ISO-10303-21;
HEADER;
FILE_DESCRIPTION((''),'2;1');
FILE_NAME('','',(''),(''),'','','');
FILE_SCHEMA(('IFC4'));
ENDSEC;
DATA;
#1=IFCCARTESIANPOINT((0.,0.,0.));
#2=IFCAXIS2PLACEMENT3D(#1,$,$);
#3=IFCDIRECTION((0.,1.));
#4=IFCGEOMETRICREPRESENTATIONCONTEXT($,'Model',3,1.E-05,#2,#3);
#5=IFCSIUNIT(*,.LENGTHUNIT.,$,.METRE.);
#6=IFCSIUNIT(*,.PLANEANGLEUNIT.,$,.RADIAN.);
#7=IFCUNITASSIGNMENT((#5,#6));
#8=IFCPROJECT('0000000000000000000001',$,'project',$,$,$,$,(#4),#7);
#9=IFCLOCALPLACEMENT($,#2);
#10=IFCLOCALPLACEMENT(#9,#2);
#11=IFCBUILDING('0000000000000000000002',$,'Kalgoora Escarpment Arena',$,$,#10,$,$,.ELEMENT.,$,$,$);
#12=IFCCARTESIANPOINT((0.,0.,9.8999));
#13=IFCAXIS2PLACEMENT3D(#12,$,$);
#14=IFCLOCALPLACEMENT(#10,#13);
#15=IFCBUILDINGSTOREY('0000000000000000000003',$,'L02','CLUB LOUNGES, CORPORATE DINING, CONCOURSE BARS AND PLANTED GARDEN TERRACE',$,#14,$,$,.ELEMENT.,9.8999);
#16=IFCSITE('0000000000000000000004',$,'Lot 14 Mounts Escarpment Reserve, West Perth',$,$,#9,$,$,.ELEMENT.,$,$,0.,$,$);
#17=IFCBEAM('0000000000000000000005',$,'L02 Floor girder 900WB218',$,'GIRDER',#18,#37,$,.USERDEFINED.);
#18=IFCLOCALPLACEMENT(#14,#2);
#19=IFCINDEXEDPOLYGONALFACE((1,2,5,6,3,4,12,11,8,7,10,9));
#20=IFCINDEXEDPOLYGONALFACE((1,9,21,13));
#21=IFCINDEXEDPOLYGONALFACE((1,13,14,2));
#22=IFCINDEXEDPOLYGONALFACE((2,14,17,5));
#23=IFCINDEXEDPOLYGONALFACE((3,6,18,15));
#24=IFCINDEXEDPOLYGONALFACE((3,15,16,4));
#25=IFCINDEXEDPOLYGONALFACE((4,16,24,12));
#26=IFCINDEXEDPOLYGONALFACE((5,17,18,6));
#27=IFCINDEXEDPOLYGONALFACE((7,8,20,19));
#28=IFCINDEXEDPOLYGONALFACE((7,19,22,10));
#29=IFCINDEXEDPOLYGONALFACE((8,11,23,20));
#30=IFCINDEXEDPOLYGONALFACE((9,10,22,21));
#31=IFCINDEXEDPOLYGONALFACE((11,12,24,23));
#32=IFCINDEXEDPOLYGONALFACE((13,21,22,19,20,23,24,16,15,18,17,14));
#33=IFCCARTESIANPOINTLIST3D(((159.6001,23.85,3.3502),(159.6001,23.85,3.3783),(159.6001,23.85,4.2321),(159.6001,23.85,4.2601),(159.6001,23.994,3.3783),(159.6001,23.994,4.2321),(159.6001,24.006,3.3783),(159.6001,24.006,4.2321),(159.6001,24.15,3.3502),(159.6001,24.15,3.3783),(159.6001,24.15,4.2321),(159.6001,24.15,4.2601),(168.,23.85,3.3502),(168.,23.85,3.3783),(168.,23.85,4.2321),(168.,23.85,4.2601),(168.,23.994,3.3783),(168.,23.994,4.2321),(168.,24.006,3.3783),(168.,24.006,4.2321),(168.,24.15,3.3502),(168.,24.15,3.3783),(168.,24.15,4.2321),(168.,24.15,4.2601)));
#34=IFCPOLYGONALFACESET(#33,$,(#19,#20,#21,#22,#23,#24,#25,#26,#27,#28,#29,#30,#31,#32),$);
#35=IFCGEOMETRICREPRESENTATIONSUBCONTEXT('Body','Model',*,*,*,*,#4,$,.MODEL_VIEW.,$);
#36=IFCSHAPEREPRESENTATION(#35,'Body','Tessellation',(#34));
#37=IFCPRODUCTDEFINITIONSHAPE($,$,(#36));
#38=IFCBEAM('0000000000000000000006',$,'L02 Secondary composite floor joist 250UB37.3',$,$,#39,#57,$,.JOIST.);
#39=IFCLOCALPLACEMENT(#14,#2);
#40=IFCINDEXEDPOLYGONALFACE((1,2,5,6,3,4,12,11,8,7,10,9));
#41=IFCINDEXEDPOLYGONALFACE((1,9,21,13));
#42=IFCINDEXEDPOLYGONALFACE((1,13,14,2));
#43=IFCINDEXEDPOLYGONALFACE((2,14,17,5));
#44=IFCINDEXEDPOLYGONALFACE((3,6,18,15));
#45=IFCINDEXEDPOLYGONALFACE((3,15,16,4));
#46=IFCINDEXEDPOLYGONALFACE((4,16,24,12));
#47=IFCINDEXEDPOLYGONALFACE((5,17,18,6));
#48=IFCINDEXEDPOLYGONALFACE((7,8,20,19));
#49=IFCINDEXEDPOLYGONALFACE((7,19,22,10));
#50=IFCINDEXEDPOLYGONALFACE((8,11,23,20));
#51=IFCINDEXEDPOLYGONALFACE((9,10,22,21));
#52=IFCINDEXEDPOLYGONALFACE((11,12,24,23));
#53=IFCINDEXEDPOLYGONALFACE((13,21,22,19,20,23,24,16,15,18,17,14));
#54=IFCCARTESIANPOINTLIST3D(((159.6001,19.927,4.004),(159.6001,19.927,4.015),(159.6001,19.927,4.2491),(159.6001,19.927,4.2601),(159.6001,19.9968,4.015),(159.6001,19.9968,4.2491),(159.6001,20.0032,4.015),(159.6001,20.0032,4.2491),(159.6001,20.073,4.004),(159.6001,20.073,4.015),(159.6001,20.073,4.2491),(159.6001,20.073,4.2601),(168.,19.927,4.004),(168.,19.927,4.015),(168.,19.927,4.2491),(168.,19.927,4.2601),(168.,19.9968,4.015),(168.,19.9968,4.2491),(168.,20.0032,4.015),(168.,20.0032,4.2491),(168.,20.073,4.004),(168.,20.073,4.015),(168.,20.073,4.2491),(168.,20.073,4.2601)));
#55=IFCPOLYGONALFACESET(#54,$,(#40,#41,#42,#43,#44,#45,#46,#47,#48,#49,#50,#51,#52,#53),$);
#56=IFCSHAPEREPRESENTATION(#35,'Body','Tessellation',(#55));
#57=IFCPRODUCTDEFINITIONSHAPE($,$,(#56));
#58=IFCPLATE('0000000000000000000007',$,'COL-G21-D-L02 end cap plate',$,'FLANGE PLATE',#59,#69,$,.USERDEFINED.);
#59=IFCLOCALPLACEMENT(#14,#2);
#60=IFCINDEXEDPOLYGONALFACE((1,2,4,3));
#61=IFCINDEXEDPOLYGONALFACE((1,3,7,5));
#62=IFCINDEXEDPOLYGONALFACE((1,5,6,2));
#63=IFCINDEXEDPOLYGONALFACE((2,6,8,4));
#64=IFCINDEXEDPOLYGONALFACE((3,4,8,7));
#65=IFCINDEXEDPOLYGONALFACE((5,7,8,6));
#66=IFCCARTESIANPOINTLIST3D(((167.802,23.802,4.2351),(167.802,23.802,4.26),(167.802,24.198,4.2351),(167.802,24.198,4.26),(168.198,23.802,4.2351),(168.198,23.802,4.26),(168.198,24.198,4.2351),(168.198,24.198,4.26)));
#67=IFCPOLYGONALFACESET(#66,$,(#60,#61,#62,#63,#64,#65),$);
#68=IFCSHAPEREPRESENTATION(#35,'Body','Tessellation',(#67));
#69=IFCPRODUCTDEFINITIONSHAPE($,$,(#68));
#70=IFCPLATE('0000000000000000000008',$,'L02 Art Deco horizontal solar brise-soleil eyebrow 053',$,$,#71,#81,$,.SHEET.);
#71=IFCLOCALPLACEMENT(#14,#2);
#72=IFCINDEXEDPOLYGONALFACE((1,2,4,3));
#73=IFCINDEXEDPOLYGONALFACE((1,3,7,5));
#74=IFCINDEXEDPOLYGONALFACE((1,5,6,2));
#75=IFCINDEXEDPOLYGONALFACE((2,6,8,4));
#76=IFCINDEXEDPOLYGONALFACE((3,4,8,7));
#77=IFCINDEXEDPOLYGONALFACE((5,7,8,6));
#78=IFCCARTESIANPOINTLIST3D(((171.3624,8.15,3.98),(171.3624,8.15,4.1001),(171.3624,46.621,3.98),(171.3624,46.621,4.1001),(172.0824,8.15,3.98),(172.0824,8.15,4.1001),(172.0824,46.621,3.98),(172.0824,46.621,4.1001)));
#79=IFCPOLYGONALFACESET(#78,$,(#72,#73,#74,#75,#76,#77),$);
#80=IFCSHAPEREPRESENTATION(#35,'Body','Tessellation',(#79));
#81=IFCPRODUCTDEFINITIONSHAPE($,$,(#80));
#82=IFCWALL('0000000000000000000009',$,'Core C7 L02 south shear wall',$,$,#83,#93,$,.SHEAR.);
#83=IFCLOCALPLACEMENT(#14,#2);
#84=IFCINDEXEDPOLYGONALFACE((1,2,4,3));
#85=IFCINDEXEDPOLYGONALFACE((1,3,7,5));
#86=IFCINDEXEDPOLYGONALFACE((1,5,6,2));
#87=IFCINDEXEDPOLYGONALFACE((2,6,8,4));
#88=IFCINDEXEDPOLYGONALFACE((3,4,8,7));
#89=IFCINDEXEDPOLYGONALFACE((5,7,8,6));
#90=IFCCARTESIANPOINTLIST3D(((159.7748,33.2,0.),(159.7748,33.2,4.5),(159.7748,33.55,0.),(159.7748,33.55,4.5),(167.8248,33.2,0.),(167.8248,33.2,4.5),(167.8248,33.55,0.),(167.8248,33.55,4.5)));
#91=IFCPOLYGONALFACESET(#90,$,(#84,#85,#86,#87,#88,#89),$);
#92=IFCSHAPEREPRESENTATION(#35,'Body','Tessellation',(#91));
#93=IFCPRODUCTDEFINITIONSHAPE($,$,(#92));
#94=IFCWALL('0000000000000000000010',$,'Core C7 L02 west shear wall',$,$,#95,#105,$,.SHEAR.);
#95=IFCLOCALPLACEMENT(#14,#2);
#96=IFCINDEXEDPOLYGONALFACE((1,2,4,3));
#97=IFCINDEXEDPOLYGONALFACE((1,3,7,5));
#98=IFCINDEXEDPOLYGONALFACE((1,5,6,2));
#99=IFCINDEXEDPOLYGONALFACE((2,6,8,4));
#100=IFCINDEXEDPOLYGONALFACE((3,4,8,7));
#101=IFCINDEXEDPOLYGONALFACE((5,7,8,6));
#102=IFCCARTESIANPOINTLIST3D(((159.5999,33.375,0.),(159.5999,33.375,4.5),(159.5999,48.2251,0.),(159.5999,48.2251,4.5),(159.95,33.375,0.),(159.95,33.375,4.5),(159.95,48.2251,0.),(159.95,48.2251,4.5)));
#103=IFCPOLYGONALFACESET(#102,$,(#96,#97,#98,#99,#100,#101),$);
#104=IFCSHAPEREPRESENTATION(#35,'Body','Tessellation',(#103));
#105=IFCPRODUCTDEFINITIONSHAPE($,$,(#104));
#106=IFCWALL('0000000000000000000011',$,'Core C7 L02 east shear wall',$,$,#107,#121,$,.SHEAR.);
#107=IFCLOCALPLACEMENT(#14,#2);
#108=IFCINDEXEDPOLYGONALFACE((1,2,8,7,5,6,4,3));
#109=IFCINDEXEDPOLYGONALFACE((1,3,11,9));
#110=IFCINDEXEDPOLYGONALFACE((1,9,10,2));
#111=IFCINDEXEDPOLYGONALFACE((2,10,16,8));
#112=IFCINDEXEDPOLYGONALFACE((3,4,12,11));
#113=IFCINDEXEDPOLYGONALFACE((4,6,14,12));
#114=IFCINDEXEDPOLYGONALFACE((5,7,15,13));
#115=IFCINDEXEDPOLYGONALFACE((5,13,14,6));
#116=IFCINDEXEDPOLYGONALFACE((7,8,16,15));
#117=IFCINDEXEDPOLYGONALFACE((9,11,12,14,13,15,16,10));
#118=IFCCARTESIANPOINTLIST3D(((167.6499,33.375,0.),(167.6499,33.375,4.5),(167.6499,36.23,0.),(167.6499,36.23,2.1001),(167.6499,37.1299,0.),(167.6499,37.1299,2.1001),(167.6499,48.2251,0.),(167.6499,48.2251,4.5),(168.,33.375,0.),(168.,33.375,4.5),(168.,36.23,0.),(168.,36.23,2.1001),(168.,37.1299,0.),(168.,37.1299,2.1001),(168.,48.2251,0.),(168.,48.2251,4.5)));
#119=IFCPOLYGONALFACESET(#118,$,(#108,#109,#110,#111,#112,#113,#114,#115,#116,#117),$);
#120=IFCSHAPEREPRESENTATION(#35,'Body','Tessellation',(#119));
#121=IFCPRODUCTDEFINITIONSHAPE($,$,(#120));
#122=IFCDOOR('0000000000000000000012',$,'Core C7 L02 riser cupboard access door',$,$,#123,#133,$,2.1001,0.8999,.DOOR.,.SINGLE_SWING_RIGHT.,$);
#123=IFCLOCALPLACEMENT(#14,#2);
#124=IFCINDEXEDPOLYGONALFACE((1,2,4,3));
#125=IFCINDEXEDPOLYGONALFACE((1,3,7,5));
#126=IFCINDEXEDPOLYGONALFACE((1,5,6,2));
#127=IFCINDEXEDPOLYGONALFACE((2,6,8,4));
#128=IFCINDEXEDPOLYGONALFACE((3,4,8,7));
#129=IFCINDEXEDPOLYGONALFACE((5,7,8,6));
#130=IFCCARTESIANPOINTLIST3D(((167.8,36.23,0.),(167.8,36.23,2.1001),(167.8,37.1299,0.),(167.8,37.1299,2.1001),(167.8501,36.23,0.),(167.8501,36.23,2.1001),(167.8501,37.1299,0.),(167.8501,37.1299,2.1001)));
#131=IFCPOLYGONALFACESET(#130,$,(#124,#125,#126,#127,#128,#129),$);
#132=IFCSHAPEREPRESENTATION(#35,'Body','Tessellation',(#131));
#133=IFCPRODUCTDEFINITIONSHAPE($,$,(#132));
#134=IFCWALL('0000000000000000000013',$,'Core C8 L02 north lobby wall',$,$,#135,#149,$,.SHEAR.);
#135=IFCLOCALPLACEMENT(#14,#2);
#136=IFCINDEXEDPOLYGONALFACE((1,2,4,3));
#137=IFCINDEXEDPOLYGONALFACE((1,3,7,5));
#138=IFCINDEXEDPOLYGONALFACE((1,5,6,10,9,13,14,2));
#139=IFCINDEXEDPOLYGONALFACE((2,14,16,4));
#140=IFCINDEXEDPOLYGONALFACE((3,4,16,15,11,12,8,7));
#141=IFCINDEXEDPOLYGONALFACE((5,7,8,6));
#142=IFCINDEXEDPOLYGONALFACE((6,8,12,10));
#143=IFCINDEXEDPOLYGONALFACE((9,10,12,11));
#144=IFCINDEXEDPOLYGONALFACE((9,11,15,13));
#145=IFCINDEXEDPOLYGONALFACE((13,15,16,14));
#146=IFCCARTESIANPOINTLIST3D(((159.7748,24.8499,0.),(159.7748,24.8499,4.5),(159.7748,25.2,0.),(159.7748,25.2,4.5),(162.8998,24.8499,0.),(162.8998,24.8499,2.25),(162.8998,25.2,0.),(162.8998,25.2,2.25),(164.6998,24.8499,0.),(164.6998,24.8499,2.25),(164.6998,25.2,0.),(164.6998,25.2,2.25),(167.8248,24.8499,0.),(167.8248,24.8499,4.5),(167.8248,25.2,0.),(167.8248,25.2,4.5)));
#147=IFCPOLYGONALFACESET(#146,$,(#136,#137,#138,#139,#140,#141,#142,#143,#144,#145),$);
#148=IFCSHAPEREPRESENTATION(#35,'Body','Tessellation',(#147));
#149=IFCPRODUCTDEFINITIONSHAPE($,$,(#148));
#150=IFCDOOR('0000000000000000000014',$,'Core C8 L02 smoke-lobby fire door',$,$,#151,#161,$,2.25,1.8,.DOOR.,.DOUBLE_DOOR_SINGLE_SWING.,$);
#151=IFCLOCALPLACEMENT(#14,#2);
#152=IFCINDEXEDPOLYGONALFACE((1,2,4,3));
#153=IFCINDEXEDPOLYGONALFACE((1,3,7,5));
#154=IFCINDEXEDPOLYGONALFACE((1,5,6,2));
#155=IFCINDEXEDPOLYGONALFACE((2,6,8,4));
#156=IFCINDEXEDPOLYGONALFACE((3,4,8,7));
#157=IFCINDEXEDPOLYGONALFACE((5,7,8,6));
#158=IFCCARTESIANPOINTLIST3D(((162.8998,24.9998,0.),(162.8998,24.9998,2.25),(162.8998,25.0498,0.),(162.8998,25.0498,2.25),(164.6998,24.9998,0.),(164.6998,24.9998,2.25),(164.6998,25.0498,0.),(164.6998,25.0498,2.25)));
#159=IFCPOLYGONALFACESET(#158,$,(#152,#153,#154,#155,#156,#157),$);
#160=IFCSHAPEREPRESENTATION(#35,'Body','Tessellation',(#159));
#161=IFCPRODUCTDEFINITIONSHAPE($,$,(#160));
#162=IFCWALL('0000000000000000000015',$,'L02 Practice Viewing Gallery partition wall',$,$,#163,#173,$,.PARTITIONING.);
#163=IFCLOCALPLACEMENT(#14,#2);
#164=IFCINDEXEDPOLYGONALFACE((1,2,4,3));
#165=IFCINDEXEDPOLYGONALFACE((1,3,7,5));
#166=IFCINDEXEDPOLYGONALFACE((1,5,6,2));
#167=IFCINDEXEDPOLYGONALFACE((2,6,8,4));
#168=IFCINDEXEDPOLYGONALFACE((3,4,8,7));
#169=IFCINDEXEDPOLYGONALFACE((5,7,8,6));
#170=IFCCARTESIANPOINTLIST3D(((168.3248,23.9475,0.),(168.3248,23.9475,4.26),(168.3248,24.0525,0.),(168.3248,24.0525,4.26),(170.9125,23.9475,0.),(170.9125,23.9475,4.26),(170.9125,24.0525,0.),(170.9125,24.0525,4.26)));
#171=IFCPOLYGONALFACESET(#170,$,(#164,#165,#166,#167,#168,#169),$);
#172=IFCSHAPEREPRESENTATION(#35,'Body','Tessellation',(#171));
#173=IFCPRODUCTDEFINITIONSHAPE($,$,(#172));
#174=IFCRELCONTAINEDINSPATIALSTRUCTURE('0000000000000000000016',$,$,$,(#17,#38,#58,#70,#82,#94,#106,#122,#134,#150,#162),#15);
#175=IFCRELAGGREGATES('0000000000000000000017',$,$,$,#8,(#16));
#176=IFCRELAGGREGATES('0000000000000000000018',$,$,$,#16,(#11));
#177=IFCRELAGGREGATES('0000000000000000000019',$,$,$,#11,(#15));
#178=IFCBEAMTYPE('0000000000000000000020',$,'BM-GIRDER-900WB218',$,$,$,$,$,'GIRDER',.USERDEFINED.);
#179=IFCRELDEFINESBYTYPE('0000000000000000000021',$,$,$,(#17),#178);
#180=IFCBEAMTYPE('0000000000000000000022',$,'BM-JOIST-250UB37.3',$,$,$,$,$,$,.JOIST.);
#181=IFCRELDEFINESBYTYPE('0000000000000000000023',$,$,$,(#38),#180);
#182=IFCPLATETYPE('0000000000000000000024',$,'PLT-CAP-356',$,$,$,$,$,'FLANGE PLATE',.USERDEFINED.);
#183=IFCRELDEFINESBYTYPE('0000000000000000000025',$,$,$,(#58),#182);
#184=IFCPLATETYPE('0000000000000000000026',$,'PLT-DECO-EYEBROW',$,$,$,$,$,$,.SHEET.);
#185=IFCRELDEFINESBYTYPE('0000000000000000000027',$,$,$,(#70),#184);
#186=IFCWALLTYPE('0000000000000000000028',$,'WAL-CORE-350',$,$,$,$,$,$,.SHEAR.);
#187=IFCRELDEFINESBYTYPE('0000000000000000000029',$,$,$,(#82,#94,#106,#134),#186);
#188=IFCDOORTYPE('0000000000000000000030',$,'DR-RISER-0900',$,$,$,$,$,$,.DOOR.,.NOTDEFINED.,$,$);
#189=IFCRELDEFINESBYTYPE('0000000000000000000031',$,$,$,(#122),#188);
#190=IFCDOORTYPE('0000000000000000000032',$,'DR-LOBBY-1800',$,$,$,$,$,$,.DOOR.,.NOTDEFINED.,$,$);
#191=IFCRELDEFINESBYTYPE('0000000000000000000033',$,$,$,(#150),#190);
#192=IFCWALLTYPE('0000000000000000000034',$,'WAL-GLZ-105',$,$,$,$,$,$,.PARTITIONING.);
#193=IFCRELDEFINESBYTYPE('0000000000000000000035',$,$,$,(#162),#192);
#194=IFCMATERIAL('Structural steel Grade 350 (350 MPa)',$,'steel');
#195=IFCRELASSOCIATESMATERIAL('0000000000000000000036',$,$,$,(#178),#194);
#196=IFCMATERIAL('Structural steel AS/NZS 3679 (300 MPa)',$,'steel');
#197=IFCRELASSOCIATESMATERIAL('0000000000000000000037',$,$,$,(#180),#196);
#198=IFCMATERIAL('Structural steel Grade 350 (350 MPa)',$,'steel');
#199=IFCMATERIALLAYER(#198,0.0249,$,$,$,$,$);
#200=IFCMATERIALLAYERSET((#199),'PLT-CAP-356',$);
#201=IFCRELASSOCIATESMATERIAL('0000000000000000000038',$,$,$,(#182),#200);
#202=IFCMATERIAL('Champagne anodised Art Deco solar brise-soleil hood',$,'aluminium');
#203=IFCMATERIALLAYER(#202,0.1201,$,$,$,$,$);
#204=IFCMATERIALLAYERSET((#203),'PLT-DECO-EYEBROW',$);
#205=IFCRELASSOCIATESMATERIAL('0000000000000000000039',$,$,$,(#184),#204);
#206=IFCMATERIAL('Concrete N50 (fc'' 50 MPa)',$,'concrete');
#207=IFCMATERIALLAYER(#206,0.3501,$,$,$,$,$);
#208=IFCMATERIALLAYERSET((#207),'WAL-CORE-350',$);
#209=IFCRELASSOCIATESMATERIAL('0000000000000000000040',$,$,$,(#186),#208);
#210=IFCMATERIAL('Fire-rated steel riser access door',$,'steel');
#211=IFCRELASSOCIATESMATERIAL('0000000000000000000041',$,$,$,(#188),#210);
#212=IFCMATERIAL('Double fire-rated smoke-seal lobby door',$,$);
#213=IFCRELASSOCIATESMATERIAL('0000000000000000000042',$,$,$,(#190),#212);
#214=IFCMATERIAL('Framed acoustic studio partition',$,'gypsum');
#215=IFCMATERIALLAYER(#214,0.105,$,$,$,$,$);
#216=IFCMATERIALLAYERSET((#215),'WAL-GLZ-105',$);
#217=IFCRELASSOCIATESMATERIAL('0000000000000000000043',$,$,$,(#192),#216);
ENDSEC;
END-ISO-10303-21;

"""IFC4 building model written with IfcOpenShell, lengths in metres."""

from ifc_helpers import new_model, si_unit, direction, frame, frame_2d, origin, origin_2d, place, context, subcontext, project, spatial, rectangle, i_section, extrude, material, layer, layer_set, material_profile, profile_set, type_object, element, fill, save


model = new_model("IFC4")

# Units and contexts
model_context = context("Model", 3, precision=1e-05, world=origin(), true_north=direction((0.0, 1.0)))
body_context = subcontext(model_context, "Body", "Model", "MODEL_VIEW")
ifc_project = project(units=[si_unit("LENGTHUNIT", "METRE"), si_unit("PLANEANGLEUNIT", "RADIAN")], contexts=[model_context])

# Site, building, storey
site_placement = place(None, origin())
site = spatial("IfcSite", under=ifc_project, at=site_placement, Name="Lot 14 Mounts Escarpment Reserve, West Perth", CompositionType="ELEMENT", RefElevation=0.0)
building_placement = place(site_placement, origin())
building = spatial("IfcBuilding", under=site, at=building_placement, Name="Kalgoora Escarpment Arena", CompositionType="ELEMENT")
storey_placement = place(building_placement, frame((0.0, 0.0, 9.8999)))
storey = spatial("IfcBuildingStorey", under=building, at=storey_placement, Name="L02", Description="CLUB LOUNGES, CORPORATE DINING, CONCOURSE BARS AND PLANTED GARDEN TERRACE", CompositionType="ELEMENT", Elevation=9.8999)

# Beams
ifc_material_1 = material(Name="Structural steel Grade 350 (350 MPa)", Category="steel")
ifc_material_profile_1 = material_profile(ifc_material_1, i_section(OverallWidth=0.3, OverallDepth=0.9099, WebThickness=0.012, FlangeThickness=0.0281, at=origin_2d()))
ifc_profile_set_1 = profile_set([ifc_material_profile_1], Name="Structural steel Grade 350 (350 MPa)")
beam_type_1 = type_object("IfcBeamType", Name="BM-GIRDER-900WB218", ElementType="GIRDER", PredefinedType="USERDEFINED", material=ifc_profile_set_1)
beam_1_placement = place(storey_placement, frame((159.6001, 24.0, 3.8052), z_axis=(1.0, 0.0, 0.0), x_axis=(0.0, 1.0, 0.0)))
element("IfcBeam", 1, at=beam_1_placement, inside=storey, type_object=beam_type_1, Name="L02 Floor girder 900WB218", ObjectType="GIRDER", PredefinedType="USERDEFINED", context=body_context, shape_type="SweptSolid", body=[
    extrude(i_section(OverallWidth=0.3, OverallDepth=0.9099, WebThickness=0.012, FlangeThickness=0.0281, at=origin_2d()), origin(), (0.0, 0.0, 1.0), 8.3999),
])
ifc_material_2 = material(Name="Structural steel AS/NZS 3679 (300 MPa)", Category="steel")
ifc_material_profile_2 = material_profile(ifc_material_2, i_section(OverallWidth=0.146, OverallDepth=0.2561, WebThickness=0.0063, FlangeThickness=0.011, at=origin_2d()))
ifc_profile_set_2 = profile_set([ifc_material_profile_2], Name="Structural steel AS/NZS 3679 (300 MPa)")
beam_type_2 = type_object("IfcBeamType", Name="BM-JOIST-250UB37.3", PredefinedType="JOIST", material=ifc_profile_set_2)
beam_2_placement = place(storey_placement, frame((159.6001, 20.0, 4.1321), z_axis=(1.0, 0.0, 0.0), x_axis=(0.0, 1.0, 0.0)))
element("IfcBeam", 2, at=beam_2_placement, inside=storey, type_object=beam_type_2, Name="L02 Secondary composite floor joist 250UB37.3", PredefinedType="JOIST", context=body_context, shape_type="SweptSolid", body=[
    extrude(i_section(OverallWidth=0.146, OverallDepth=0.2561, WebThickness=0.0063, FlangeThickness=0.011, at=origin_2d()), origin(), (0.0, 0.0, 1.0), 8.3999),
])

# Plates
ifc_material_3 = material(Name="Structural steel Grade 350 (350 MPa)", Category="steel")
ifc_layer_1 = layer(ifc_material_3, 0.0249)
ifc_layer_set_1 = layer_set([ifc_layer_1], Name="PLT-CAP-356")
plate_type_1 = type_object("IfcPlateType", Name="PLT-CAP-356", ElementType="FLANGE PLATE", PredefinedType="USERDEFINED", material=ifc_layer_set_1)
plate_1_placement = place(storey_placement, frame((168.0, 24.0, 4.2351), z_axis=(0.0, 0.0, 1.0), x_axis=(1.0, 0.0, 0.0)))
element("IfcPlate", 3, at=plate_1_placement, inside=storey, type_object=plate_type_1, Name="COL-G21-D-L02 end cap plate", ObjectType="FLANGE PLATE", PredefinedType="USERDEFINED", context=body_context, shape_type="SweptSolid", body=[
    extrude(rectangle(XDim=0.396, YDim=0.396, at=origin_2d()), origin(), (0.0, 0.0, 1.0), 0.0249),
])
ifc_material_4 = material(Name="Champagne anodised Art Deco solar brise-soleil hood", Category="aluminium")
ifc_layer_2 = layer(ifc_material_4, 0.1201)
ifc_layer_set_2 = layer_set([ifc_layer_2], Name="PLT-DECO-EYEBROW")
plate_type_2 = type_object("IfcPlateType", Name="PLT-DECO-EYEBROW", PredefinedType="SHEET", material=ifc_layer_set_2)
plate_2_placement = place(storey_placement, frame((171.7224, 27.3855, 3.98), z_axis=(0.0, 0.0, 1.0), x_axis=(0.0, -1.0, 0.0)))
element("IfcPlate", 4, at=plate_2_placement, inside=storey, type_object=plate_type_2, Name="L02 Art Deco horizontal solar brise-soleil eyebrow 053", PredefinedType="SHEET", context=body_context, shape_type="SweptSolid", body=[
    extrude(rectangle(XDim=38.4709, YDim=0.72, at=origin_2d()), origin(), (0.0, 0.0, 1.0), 0.1201),
])

# Walls
ifc_material_5 = material(Name="Concrete N50 (fc' 50 MPa)", Category="concrete")
ifc_layer_3 = layer(ifc_material_5, 0.3501)
ifc_layer_set_3 = layer_set([ifc_layer_3], Name="WAL-CORE-350")
wall_type_1 = type_object("IfcWallType", Name="WAL-CORE-350", PredefinedType="SHEAR", material=ifc_layer_set_3)
wall_1_placement = place(storey_placement, frame((159.7749, 33.375, 0.0), z_axis=(0.0, 0.0, 1.0), x_axis=(1.0, 0.0, 0.0)))
element("IfcWall", 5, at=wall_1_placement, inside=storey, type_object=wall_type_1, Name="Core C7 L02 south shear wall", PredefinedType="SHEAR", context=body_context, shape_type="SweptSolid", body=[
    extrude(rectangle(XDim=8.05, YDim=0.3501, at=frame_2d((4.0249, 0.0))), origin(), (0.0, 0.0, 1.0), 4.5),
])
wall_2_placement = place(storey_placement, frame((159.7749, 33.375, 0.0), z_axis=(0.0, 0.0, 1.0), x_axis=(0.0, 1.0, 0.0)))
element("IfcWall", 6, at=wall_2_placement, inside=storey, type_object=wall_type_1, Name="Core C7 L02 west shear wall", PredefinedType="SHEAR", context=body_context, shape_type="SweptSolid", body=[
    extrude(rectangle(XDim=14.8501, YDim=0.3501, at=frame_2d((7.425, 0.0))), origin(), (0.0, 0.0, 1.0), 4.5),
])

# Walls, openings, doors
wall_3_placement = place(storey_placement, frame((167.825, 33.375, 0.0), z_axis=(0.0, 0.0, 1.0), x_axis=(0.0, 1.0, 0.0)))
wall_3 = element("IfcWall", 7, at=wall_3_placement, inside=storey, type_object=wall_type_1, Name="Core C7 L02 east shear wall", PredefinedType="SHEAR", context=body_context, shape_type="SweptSolid", body=[
    extrude(rectangle(XDim=14.8501, YDim=0.3501, at=frame_2d((7.425, 0.0))), origin(), (0.0, 0.0, 1.0), 4.5),
])
opening_1_placement = place(wall_3_placement, frame((2.855, 0.0, 0.0)))
opening_1 = element("IfcOpeningElement", 8, at=opening_1_placement, cuts=wall_3, PredefinedType="OPENING", context=body_context, shape_type="SweptSolid", body=[
    extrude(rectangle(XDim=0.8999, YDim=2.1001, at=frame_2d((0.45, 1.05))), frame((0.0, 0.1851, 0.0), z_axis=(0.0, -1.0, 0.0), x_axis=(1.0, 0.0, 0.0)), (0.0, 0.0, 1.0), 0.3701),
])
ifc_material_6 = material(Name="Fire-rated steel riser access door", Category="steel")
door_type_1 = type_object("IfcDoorType", Name="DR-RISER-0900", OperationType="NOTDEFINED", PredefinedType="DOOR", material=ifc_material_6)
door_1_placement = place(opening_1_placement, origin())
door_1 = element("IfcDoor", 9, at=door_1_placement, inside=storey, type_object=door_type_1, Name="Core C7 L02 riser cupboard access door", OperationType="SINGLE_SWING_RIGHT", OverallHeight=2.1001, OverallWidth=0.8999, PredefinedType="DOOR", context=body_context, shape_type="SweptSolid", body=[
    extrude(rectangle(XDim=0.8999, YDim=2.1001, at=frame_2d((0.45, 1.05))), frame((0.0, 0.0249, 0.0), z_axis=(0.0, -1.0, 0.0), x_axis=(1.0, 0.0, 0.0)), (0.0, 0.0, 1.0), 0.05),
])
fill(opening_1, door_1)
wall_4_placement = place(storey_placement, frame((159.7749, 25.0249, 0.0), z_axis=(0.0, 0.0, 1.0), x_axis=(1.0, 0.0, 0.0)))
wall_4 = element("IfcWall", 10, at=wall_4_placement, inside=storey, type_object=wall_type_1, Name="Core C8 L02 north lobby wall", PredefinedType="SHEAR", context=body_context, shape_type="SweptSolid", body=[
    extrude(rectangle(XDim=8.05, YDim=0.3501, at=frame_2d((4.0249, 0.0))), origin(), (0.0, 0.0, 1.0), 4.5),
])
opening_2_placement = place(wall_4_placement, frame((3.125, 0.0, 0.0)))
opening_2 = element("IfcOpeningElement", 11, at=opening_2_placement, cuts=wall_4, PredefinedType="OPENING", context=body_context, shape_type="SweptSolid", body=[
    extrude(rectangle(XDim=1.8, YDim=2.25, at=frame_2d((0.8999, 1.125))), frame((0.0, 0.1851, 0.0), z_axis=(0.0, -1.0, 0.0), x_axis=(1.0, 0.0, 0.0)), (0.0, 0.0, 1.0), 0.3701),
])
ifc_material_7 = material(Name="Double fire-rated smoke-seal lobby door")
door_type_2 = type_object("IfcDoorType", Name="DR-LOBBY-1800", OperationType="NOTDEFINED", PredefinedType="DOOR", material=ifc_material_7)
door_2_placement = place(opening_2_placement, origin())
door_2 = element("IfcDoor", 12, at=door_2_placement, inside=storey, type_object=door_type_2, Name="Core C8 L02 smoke-lobby fire door", OperationType="DOUBLE_DOOR_SINGLE_SWING", OverallHeight=2.25, OverallWidth=1.8, PredefinedType="DOOR", context=body_context, shape_type="SweptSolid", body=[
    extrude(rectangle(XDim=1.8, YDim=2.25, at=frame_2d((0.8999, 1.125))), frame((0.0, 0.0249, 0.0), z_axis=(0.0, -1.0, 0.0), x_axis=(1.0, 0.0, 0.0)), (0.0, 0.0, 1.0), 0.05),
])
fill(opening_2, door_2)

# Wall
ifc_material_8 = material(Name="Framed acoustic studio partition", Category="gypsum")
ifc_layer_4 = layer(ifc_material_8, 0.105)
ifc_layer_set_4 = layer_set([ifc_layer_4], Name="WAL-GLZ-105")
wall_type_2 = type_object("IfcWallType", Name="WAL-GLZ-105", PredefinedType="PARTITIONING", material=ifc_layer_set_4)
wall_5_placement = place(storey_placement, frame((170.9126, 24.0, 0.0), z_axis=(0.0, 0.0, 1.0), x_axis=(-1.0, 0.0, 0.0)))
element("IfcWall", 13, at=wall_5_placement, inside=storey, type_object=wall_type_2, Name="L02 Practice Viewing Gallery partition wall", PredefinedType="PARTITIONING", context=body_context, shape_type="SweptSolid", body=[
    extrude(rectangle(XDim=2.5876, YDim=0.105, at=frame_2d((1.2939, 0.0))), origin(), (0.0, 0.0, 1.0), 4.26),
])

save(model, "model.ifc")
